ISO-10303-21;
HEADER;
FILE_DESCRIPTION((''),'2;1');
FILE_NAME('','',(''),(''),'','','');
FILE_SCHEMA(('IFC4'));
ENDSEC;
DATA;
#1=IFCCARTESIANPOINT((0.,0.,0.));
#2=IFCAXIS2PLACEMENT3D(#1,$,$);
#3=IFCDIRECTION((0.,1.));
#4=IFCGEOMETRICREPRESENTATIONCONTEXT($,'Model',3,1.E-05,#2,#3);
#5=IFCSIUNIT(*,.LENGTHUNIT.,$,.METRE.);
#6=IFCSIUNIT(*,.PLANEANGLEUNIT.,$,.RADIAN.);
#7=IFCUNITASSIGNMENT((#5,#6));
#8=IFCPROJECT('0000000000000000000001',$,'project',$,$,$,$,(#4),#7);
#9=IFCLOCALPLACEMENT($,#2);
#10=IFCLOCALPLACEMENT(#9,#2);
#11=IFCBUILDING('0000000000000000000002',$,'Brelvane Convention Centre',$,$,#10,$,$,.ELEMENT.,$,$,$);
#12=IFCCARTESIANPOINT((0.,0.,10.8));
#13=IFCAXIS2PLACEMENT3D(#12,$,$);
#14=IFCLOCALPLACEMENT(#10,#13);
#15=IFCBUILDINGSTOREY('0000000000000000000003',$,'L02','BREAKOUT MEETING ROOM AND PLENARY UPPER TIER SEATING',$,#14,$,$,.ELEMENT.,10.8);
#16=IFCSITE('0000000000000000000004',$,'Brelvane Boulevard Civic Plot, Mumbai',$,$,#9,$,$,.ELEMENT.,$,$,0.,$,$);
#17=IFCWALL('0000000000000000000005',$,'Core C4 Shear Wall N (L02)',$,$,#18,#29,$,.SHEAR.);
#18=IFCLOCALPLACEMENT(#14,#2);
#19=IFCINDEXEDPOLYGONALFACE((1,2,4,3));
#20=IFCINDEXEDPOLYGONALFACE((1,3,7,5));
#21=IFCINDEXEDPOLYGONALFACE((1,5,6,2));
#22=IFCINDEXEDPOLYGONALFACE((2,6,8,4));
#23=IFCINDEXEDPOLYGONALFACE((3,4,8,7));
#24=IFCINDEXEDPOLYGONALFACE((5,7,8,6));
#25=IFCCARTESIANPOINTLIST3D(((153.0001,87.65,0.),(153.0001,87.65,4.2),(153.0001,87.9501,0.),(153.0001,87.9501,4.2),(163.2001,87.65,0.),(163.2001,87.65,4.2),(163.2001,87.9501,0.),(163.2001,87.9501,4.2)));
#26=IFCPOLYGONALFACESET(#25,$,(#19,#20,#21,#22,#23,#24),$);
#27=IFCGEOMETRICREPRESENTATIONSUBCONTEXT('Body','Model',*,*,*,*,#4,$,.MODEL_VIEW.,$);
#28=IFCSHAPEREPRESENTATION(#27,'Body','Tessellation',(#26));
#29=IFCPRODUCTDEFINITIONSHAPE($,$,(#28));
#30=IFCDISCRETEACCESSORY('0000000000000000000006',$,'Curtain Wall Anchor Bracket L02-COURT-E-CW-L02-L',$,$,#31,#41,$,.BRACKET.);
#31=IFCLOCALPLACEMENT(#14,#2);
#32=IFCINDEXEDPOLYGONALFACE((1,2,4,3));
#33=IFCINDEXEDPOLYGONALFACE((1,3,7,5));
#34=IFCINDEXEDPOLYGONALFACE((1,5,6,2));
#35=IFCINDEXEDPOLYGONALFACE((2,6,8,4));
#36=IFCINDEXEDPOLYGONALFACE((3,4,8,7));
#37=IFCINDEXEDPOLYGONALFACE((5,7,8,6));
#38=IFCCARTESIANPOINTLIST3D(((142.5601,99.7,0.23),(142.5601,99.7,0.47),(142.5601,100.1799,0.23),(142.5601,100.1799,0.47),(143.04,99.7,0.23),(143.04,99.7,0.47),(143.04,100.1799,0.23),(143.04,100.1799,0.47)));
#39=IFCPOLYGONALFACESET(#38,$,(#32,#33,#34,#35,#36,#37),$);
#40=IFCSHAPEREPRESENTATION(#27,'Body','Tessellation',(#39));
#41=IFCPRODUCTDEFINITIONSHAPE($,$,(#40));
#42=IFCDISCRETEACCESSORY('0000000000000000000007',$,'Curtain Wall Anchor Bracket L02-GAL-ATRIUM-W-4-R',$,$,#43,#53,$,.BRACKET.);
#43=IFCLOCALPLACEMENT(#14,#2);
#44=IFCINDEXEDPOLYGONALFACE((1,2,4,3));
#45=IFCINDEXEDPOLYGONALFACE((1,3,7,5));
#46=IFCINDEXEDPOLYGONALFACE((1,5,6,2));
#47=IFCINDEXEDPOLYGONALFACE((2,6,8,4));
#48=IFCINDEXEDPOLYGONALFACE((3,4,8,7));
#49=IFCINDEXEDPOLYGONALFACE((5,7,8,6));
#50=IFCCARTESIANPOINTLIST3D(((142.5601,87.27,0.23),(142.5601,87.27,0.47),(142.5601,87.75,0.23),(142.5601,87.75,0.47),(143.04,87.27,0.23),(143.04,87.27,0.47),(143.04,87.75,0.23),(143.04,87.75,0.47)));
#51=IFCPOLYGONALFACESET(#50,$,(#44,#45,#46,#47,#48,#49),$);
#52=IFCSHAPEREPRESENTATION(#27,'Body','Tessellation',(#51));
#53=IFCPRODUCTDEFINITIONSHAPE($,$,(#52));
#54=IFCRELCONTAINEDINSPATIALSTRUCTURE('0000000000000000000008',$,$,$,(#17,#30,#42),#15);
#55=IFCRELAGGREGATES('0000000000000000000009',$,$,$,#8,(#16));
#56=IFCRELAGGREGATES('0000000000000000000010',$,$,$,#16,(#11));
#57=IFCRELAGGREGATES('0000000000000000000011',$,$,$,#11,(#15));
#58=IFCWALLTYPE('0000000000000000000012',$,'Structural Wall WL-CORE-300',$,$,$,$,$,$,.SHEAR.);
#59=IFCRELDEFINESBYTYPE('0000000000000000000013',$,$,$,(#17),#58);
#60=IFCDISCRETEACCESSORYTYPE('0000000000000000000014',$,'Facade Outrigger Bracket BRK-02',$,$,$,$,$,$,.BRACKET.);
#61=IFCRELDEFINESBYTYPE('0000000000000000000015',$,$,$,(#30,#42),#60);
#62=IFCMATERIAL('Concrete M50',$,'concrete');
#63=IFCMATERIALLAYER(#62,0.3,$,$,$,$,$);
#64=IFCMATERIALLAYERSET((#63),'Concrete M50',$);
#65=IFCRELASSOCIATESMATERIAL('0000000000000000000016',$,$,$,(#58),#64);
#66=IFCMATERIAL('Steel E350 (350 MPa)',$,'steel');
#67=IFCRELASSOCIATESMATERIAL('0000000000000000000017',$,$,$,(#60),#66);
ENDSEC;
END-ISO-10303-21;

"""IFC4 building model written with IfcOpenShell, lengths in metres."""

from ifc_helpers import new_model, si_unit, direction, frame, frame_2d, origin, origin_2d, place, context, subcontext, project, spatial, rectangle, extrude, material, layer, layer_set, type_object, element, save


model = new_model("IFC4")

# Units and contexts
model_context = context("Model", 3, precision=1e-05, world=origin(), true_north=direction((0.0, 1.0)))
body_context = subcontext(model_context, "Body", "Model", "MODEL_VIEW")
ifc_project = project(units=[si_unit("LENGTHUNIT", "METRE"), si_unit("PLANEANGLEUNIT", "RADIAN")], contexts=[model_context])

# Site, building, storey
site_placement = place(None, origin())
site = spatial("IfcSite", under=ifc_project, at=site_placement, Name="Brelvane Boulevard Civic Plot, Mumbai", CompositionType="ELEMENT", RefElevation=0.0)
building_placement = place(site_placement, origin())
building = spatial("IfcBuilding", under=site, at=building_placement, Name="Brelvane Convention Centre", CompositionType="ELEMENT")
storey_placement = place(building_placement, frame((0.0, 0.0, 10.8)))
storey = spatial("IfcBuildingStorey", under=building, at=storey_placement, Name="L02", Description="BREAKOUT MEETING ROOM AND PLENARY UPPER TIER SEATING", CompositionType="ELEMENT", Elevation=10.8)

# Wall
ifc_material_1 = material(Name="Concrete M50", Category="concrete")
ifc_layer_1 = layer(ifc_material_1, 0.3)
ifc_layer_set_1 = layer_set([ifc_layer_1], Name="Concrete M50")
wall_type_1 = type_object("IfcWallType", Name="Structural Wall WL-CORE-300", PredefinedType="SHEAR", material=ifc_layer_set_1)
wall_1_placement = place(storey_placement, frame((153.0, 87.8, 0.0), z_axis=(0.0, 0.0, 1.0), x_axis=(1.0, 0.0, 0.0)))
element("IfcWall", 1, at=wall_1_placement, inside=storey, type_object=wall_type_1, Name="Core C4 Shear Wall N (L02)", PredefinedType="SHEAR", context=body_context, shape_type="SweptSolid", body=[
    extrude(rectangle(XDim=10.2, YDim=0.3, at=frame_2d((5.1001, 0.0))), origin(), (0.0, 0.0, 1.0), 4.2),
])

# Discrete accessories
ifc_material_2 = material(Name="Steel E350 (350 MPa)", Category="steel")
discrete_accessory_type = type_object("IfcDiscreteAccessoryType", Name="Facade Outrigger Bracket BRK-02", PredefinedType="BRACKET", material=ifc_material_2)
for number, where, z_axis, x_axis, name in (
    (2, (142.8, 99.9399, 0.23), (0.0, 0.0, 1.0), (1.0, 0.0, 0.0), "Curtain Wall Anchor Bracket L02-COURT-E-CW-L02-L"),
    (3, (142.8, 87.51, 0.23), (0.0, 0.0, 1.0), (1.0, 0.0, 0.0), "Curtain Wall Anchor Bracket L02-GAL-ATRIUM-W-4-R"),
):
    element("IfcDiscreteAccessory", number, at=place(storey_placement, frame(where, z_axis=z_axis, x_axis=x_axis)), inside=storey, type_object=discrete_accessory_type, Name=name, PredefinedType="BRACKET", context=body_context, shape_type="SweptSolid", body=[
        extrude(rectangle(XDim=0.48, YDim=0.48, at=origin_2d()), origin(), (0.0, 0.0, 1.0), 0.24),
    ])

save(model, "model.ifc")
